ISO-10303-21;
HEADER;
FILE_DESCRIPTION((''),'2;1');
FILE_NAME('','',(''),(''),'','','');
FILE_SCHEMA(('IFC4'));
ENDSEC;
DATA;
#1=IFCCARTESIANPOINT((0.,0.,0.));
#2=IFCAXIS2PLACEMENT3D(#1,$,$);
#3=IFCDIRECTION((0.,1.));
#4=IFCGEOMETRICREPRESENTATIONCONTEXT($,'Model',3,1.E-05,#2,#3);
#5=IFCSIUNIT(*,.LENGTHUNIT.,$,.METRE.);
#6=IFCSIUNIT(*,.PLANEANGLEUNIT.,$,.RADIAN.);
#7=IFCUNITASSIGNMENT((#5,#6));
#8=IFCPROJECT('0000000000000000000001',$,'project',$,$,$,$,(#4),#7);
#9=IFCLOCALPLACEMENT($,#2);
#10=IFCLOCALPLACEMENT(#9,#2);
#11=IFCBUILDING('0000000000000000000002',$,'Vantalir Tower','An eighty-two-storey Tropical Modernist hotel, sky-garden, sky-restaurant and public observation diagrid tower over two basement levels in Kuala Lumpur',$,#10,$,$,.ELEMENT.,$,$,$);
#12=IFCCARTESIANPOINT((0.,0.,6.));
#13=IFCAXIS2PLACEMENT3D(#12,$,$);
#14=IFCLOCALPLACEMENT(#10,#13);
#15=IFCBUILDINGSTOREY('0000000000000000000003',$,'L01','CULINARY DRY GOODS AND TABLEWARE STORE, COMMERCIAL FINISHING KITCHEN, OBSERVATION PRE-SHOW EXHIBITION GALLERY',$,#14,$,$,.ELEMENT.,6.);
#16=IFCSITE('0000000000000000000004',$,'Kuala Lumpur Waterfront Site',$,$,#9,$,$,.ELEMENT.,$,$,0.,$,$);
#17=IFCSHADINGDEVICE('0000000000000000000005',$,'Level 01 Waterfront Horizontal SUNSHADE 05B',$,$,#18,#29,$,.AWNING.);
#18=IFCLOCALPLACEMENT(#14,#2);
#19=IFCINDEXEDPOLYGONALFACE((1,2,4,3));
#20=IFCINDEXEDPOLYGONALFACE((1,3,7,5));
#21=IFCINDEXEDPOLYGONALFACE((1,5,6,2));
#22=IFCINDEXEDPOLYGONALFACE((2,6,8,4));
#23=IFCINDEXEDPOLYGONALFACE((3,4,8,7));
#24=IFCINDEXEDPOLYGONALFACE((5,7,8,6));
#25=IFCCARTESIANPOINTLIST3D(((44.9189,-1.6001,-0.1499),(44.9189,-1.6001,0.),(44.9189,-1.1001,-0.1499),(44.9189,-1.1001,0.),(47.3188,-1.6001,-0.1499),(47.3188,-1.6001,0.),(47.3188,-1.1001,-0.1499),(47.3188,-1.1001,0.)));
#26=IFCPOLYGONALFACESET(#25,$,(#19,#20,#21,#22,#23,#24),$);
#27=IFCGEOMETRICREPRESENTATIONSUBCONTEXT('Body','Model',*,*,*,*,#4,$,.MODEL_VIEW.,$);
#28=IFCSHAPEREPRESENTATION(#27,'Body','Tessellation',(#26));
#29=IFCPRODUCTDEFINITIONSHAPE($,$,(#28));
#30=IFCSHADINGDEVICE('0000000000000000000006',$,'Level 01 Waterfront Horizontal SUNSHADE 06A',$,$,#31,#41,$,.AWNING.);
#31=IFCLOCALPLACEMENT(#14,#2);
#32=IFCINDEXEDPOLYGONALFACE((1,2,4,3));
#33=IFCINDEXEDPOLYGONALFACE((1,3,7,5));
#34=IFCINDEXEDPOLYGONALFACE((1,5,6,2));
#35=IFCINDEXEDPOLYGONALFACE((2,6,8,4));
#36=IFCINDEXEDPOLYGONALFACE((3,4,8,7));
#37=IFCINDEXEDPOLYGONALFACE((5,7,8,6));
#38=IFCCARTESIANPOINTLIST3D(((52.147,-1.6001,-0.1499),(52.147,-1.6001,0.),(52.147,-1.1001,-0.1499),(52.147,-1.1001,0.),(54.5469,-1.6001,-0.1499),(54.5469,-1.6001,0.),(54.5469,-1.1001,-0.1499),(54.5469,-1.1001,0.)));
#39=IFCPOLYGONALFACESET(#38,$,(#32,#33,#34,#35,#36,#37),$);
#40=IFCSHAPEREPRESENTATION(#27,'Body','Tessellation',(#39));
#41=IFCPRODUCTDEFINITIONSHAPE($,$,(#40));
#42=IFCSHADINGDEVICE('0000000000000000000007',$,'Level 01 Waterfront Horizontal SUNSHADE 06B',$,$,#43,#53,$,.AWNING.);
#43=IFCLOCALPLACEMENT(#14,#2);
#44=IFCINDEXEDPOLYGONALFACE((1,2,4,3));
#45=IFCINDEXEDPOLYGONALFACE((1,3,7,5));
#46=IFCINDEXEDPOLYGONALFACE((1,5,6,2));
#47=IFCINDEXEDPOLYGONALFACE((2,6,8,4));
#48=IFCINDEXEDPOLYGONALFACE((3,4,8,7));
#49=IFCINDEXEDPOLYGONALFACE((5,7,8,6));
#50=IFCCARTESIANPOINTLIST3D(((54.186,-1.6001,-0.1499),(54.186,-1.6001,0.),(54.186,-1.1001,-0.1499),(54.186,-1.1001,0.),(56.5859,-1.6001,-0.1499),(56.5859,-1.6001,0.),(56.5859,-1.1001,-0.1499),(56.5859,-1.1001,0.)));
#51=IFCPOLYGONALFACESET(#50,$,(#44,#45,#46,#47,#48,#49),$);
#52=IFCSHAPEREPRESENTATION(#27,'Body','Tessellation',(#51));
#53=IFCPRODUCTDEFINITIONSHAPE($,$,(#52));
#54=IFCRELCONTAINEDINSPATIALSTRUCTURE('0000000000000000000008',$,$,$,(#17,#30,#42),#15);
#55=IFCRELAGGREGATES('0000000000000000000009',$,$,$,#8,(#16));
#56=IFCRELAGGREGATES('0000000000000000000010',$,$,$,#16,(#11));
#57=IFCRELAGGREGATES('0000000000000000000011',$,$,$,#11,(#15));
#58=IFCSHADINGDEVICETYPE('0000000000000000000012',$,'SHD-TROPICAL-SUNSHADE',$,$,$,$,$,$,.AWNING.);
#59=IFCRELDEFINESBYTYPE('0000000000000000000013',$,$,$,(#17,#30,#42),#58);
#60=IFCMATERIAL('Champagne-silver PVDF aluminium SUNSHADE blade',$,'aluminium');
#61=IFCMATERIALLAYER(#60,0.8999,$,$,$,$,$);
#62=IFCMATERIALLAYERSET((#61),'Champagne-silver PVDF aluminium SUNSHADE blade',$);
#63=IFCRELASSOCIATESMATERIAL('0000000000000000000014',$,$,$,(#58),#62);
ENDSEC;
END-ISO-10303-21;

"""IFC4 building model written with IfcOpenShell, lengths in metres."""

from ifc_helpers import new_model, si_unit, direction, frame, origin, origin_2d, place, context, subcontext, project, spatial, rectangle, extrude, material, layer, layer_set, type_object, element, save


model = new_model("IFC4")

# Units and contexts
model_context = context("Model", 3, precision=1e-05, world=origin(), true_north=direction((0.0, 1.0)))
body_context = subcontext(model_context, "Body", "Model", "MODEL_VIEW")
ifc_project = project(units=[si_unit("LENGTHUNIT", "METRE"), si_unit("PLANEANGLEUNIT", "RADIAN")], contexts=[model_context])

# Site, building, storey
site_placement = place(None, origin())
site = spatial("IfcSite", under=ifc_project, at=site_placement, Name="Kuala Lumpur Waterfront Site", CompositionType="ELEMENT", RefElevation=0.0)
building_placement = place(site_placement, origin())
building = spatial("IfcBuilding", under=site, at=building_placement, Name="Vantalir Tower", Description="An eighty-two-storey Tropical Modernist hotel, sky-garden, sky-restaurant and public observation diagrid tower over two basement levels in Kuala Lumpur", CompositionType="ELEMENT")
storey_placement = place(building_placement, frame((0.0, 0.0, 6.0)))
storey = spatial("IfcBuildingStorey", under=building, at=storey_placement, Name="L01", Description="CULINARY DRY GOODS AND TABLEWARE STORE, COMMERCIAL FINISHING KITCHEN, OBSERVATION PRE-SHOW EXHIBITION GALLERY", CompositionType="ELEMENT", Elevation=6.0)

# Shading devices
ifc_material_1 = material(Name="Champagne-silver PVDF aluminium SUNSHADE blade", Category="aluminium")
ifc_layer_1 = layer(ifc_material_1, 0.8999)
ifc_layer_set_1 = layer_set([ifc_layer_1], Name="Champagne-silver PVDF aluminium SUNSHADE blade")
shading_device_type = type_object("IfcShadingDeviceType", Name="SHD-TROPICAL-SUNSHADE", PredefinedType="AWNING", material=ifc_layer_set_1)
for number, where, z_axis, x_axis, name in (
    (1, (46.1189, -1.3501, -0.1499), (0.0, 0.0, 1.0), (1.0, 0.0, 0.0), "Level 01 Waterfront Horizontal SUNSHADE 05B"),
    (2, (53.3469, -1.3501, -0.1499), (0.0, 0.0, 1.0), (1.0, 0.0, 0.0), "Level 01 Waterfront Horizontal SUNSHADE 06A"),
    (3, (55.386, -1.3501, -0.1499), (0.0, 0.0, 1.0), (1.0, 0.0, 0.0), "Level 01 Waterfront Horizontal SUNSHADE 06B"),
):
    element("IfcShadingDevice", number, at=place(storey_placement, frame(where, z_axis=z_axis, x_axis=x_axis)), inside=storey, type_object=shading_device_type, Name=name, PredefinedType="AWNING", context=body_context, shape_type="SweptSolid", body=[
        extrude(rectangle(XDim=2.3999, YDim=0.5, at=origin_2d()), origin(), (0.0, 0.0, 1.0), 0.1499),
    ])

save(model, "model.ifc")
